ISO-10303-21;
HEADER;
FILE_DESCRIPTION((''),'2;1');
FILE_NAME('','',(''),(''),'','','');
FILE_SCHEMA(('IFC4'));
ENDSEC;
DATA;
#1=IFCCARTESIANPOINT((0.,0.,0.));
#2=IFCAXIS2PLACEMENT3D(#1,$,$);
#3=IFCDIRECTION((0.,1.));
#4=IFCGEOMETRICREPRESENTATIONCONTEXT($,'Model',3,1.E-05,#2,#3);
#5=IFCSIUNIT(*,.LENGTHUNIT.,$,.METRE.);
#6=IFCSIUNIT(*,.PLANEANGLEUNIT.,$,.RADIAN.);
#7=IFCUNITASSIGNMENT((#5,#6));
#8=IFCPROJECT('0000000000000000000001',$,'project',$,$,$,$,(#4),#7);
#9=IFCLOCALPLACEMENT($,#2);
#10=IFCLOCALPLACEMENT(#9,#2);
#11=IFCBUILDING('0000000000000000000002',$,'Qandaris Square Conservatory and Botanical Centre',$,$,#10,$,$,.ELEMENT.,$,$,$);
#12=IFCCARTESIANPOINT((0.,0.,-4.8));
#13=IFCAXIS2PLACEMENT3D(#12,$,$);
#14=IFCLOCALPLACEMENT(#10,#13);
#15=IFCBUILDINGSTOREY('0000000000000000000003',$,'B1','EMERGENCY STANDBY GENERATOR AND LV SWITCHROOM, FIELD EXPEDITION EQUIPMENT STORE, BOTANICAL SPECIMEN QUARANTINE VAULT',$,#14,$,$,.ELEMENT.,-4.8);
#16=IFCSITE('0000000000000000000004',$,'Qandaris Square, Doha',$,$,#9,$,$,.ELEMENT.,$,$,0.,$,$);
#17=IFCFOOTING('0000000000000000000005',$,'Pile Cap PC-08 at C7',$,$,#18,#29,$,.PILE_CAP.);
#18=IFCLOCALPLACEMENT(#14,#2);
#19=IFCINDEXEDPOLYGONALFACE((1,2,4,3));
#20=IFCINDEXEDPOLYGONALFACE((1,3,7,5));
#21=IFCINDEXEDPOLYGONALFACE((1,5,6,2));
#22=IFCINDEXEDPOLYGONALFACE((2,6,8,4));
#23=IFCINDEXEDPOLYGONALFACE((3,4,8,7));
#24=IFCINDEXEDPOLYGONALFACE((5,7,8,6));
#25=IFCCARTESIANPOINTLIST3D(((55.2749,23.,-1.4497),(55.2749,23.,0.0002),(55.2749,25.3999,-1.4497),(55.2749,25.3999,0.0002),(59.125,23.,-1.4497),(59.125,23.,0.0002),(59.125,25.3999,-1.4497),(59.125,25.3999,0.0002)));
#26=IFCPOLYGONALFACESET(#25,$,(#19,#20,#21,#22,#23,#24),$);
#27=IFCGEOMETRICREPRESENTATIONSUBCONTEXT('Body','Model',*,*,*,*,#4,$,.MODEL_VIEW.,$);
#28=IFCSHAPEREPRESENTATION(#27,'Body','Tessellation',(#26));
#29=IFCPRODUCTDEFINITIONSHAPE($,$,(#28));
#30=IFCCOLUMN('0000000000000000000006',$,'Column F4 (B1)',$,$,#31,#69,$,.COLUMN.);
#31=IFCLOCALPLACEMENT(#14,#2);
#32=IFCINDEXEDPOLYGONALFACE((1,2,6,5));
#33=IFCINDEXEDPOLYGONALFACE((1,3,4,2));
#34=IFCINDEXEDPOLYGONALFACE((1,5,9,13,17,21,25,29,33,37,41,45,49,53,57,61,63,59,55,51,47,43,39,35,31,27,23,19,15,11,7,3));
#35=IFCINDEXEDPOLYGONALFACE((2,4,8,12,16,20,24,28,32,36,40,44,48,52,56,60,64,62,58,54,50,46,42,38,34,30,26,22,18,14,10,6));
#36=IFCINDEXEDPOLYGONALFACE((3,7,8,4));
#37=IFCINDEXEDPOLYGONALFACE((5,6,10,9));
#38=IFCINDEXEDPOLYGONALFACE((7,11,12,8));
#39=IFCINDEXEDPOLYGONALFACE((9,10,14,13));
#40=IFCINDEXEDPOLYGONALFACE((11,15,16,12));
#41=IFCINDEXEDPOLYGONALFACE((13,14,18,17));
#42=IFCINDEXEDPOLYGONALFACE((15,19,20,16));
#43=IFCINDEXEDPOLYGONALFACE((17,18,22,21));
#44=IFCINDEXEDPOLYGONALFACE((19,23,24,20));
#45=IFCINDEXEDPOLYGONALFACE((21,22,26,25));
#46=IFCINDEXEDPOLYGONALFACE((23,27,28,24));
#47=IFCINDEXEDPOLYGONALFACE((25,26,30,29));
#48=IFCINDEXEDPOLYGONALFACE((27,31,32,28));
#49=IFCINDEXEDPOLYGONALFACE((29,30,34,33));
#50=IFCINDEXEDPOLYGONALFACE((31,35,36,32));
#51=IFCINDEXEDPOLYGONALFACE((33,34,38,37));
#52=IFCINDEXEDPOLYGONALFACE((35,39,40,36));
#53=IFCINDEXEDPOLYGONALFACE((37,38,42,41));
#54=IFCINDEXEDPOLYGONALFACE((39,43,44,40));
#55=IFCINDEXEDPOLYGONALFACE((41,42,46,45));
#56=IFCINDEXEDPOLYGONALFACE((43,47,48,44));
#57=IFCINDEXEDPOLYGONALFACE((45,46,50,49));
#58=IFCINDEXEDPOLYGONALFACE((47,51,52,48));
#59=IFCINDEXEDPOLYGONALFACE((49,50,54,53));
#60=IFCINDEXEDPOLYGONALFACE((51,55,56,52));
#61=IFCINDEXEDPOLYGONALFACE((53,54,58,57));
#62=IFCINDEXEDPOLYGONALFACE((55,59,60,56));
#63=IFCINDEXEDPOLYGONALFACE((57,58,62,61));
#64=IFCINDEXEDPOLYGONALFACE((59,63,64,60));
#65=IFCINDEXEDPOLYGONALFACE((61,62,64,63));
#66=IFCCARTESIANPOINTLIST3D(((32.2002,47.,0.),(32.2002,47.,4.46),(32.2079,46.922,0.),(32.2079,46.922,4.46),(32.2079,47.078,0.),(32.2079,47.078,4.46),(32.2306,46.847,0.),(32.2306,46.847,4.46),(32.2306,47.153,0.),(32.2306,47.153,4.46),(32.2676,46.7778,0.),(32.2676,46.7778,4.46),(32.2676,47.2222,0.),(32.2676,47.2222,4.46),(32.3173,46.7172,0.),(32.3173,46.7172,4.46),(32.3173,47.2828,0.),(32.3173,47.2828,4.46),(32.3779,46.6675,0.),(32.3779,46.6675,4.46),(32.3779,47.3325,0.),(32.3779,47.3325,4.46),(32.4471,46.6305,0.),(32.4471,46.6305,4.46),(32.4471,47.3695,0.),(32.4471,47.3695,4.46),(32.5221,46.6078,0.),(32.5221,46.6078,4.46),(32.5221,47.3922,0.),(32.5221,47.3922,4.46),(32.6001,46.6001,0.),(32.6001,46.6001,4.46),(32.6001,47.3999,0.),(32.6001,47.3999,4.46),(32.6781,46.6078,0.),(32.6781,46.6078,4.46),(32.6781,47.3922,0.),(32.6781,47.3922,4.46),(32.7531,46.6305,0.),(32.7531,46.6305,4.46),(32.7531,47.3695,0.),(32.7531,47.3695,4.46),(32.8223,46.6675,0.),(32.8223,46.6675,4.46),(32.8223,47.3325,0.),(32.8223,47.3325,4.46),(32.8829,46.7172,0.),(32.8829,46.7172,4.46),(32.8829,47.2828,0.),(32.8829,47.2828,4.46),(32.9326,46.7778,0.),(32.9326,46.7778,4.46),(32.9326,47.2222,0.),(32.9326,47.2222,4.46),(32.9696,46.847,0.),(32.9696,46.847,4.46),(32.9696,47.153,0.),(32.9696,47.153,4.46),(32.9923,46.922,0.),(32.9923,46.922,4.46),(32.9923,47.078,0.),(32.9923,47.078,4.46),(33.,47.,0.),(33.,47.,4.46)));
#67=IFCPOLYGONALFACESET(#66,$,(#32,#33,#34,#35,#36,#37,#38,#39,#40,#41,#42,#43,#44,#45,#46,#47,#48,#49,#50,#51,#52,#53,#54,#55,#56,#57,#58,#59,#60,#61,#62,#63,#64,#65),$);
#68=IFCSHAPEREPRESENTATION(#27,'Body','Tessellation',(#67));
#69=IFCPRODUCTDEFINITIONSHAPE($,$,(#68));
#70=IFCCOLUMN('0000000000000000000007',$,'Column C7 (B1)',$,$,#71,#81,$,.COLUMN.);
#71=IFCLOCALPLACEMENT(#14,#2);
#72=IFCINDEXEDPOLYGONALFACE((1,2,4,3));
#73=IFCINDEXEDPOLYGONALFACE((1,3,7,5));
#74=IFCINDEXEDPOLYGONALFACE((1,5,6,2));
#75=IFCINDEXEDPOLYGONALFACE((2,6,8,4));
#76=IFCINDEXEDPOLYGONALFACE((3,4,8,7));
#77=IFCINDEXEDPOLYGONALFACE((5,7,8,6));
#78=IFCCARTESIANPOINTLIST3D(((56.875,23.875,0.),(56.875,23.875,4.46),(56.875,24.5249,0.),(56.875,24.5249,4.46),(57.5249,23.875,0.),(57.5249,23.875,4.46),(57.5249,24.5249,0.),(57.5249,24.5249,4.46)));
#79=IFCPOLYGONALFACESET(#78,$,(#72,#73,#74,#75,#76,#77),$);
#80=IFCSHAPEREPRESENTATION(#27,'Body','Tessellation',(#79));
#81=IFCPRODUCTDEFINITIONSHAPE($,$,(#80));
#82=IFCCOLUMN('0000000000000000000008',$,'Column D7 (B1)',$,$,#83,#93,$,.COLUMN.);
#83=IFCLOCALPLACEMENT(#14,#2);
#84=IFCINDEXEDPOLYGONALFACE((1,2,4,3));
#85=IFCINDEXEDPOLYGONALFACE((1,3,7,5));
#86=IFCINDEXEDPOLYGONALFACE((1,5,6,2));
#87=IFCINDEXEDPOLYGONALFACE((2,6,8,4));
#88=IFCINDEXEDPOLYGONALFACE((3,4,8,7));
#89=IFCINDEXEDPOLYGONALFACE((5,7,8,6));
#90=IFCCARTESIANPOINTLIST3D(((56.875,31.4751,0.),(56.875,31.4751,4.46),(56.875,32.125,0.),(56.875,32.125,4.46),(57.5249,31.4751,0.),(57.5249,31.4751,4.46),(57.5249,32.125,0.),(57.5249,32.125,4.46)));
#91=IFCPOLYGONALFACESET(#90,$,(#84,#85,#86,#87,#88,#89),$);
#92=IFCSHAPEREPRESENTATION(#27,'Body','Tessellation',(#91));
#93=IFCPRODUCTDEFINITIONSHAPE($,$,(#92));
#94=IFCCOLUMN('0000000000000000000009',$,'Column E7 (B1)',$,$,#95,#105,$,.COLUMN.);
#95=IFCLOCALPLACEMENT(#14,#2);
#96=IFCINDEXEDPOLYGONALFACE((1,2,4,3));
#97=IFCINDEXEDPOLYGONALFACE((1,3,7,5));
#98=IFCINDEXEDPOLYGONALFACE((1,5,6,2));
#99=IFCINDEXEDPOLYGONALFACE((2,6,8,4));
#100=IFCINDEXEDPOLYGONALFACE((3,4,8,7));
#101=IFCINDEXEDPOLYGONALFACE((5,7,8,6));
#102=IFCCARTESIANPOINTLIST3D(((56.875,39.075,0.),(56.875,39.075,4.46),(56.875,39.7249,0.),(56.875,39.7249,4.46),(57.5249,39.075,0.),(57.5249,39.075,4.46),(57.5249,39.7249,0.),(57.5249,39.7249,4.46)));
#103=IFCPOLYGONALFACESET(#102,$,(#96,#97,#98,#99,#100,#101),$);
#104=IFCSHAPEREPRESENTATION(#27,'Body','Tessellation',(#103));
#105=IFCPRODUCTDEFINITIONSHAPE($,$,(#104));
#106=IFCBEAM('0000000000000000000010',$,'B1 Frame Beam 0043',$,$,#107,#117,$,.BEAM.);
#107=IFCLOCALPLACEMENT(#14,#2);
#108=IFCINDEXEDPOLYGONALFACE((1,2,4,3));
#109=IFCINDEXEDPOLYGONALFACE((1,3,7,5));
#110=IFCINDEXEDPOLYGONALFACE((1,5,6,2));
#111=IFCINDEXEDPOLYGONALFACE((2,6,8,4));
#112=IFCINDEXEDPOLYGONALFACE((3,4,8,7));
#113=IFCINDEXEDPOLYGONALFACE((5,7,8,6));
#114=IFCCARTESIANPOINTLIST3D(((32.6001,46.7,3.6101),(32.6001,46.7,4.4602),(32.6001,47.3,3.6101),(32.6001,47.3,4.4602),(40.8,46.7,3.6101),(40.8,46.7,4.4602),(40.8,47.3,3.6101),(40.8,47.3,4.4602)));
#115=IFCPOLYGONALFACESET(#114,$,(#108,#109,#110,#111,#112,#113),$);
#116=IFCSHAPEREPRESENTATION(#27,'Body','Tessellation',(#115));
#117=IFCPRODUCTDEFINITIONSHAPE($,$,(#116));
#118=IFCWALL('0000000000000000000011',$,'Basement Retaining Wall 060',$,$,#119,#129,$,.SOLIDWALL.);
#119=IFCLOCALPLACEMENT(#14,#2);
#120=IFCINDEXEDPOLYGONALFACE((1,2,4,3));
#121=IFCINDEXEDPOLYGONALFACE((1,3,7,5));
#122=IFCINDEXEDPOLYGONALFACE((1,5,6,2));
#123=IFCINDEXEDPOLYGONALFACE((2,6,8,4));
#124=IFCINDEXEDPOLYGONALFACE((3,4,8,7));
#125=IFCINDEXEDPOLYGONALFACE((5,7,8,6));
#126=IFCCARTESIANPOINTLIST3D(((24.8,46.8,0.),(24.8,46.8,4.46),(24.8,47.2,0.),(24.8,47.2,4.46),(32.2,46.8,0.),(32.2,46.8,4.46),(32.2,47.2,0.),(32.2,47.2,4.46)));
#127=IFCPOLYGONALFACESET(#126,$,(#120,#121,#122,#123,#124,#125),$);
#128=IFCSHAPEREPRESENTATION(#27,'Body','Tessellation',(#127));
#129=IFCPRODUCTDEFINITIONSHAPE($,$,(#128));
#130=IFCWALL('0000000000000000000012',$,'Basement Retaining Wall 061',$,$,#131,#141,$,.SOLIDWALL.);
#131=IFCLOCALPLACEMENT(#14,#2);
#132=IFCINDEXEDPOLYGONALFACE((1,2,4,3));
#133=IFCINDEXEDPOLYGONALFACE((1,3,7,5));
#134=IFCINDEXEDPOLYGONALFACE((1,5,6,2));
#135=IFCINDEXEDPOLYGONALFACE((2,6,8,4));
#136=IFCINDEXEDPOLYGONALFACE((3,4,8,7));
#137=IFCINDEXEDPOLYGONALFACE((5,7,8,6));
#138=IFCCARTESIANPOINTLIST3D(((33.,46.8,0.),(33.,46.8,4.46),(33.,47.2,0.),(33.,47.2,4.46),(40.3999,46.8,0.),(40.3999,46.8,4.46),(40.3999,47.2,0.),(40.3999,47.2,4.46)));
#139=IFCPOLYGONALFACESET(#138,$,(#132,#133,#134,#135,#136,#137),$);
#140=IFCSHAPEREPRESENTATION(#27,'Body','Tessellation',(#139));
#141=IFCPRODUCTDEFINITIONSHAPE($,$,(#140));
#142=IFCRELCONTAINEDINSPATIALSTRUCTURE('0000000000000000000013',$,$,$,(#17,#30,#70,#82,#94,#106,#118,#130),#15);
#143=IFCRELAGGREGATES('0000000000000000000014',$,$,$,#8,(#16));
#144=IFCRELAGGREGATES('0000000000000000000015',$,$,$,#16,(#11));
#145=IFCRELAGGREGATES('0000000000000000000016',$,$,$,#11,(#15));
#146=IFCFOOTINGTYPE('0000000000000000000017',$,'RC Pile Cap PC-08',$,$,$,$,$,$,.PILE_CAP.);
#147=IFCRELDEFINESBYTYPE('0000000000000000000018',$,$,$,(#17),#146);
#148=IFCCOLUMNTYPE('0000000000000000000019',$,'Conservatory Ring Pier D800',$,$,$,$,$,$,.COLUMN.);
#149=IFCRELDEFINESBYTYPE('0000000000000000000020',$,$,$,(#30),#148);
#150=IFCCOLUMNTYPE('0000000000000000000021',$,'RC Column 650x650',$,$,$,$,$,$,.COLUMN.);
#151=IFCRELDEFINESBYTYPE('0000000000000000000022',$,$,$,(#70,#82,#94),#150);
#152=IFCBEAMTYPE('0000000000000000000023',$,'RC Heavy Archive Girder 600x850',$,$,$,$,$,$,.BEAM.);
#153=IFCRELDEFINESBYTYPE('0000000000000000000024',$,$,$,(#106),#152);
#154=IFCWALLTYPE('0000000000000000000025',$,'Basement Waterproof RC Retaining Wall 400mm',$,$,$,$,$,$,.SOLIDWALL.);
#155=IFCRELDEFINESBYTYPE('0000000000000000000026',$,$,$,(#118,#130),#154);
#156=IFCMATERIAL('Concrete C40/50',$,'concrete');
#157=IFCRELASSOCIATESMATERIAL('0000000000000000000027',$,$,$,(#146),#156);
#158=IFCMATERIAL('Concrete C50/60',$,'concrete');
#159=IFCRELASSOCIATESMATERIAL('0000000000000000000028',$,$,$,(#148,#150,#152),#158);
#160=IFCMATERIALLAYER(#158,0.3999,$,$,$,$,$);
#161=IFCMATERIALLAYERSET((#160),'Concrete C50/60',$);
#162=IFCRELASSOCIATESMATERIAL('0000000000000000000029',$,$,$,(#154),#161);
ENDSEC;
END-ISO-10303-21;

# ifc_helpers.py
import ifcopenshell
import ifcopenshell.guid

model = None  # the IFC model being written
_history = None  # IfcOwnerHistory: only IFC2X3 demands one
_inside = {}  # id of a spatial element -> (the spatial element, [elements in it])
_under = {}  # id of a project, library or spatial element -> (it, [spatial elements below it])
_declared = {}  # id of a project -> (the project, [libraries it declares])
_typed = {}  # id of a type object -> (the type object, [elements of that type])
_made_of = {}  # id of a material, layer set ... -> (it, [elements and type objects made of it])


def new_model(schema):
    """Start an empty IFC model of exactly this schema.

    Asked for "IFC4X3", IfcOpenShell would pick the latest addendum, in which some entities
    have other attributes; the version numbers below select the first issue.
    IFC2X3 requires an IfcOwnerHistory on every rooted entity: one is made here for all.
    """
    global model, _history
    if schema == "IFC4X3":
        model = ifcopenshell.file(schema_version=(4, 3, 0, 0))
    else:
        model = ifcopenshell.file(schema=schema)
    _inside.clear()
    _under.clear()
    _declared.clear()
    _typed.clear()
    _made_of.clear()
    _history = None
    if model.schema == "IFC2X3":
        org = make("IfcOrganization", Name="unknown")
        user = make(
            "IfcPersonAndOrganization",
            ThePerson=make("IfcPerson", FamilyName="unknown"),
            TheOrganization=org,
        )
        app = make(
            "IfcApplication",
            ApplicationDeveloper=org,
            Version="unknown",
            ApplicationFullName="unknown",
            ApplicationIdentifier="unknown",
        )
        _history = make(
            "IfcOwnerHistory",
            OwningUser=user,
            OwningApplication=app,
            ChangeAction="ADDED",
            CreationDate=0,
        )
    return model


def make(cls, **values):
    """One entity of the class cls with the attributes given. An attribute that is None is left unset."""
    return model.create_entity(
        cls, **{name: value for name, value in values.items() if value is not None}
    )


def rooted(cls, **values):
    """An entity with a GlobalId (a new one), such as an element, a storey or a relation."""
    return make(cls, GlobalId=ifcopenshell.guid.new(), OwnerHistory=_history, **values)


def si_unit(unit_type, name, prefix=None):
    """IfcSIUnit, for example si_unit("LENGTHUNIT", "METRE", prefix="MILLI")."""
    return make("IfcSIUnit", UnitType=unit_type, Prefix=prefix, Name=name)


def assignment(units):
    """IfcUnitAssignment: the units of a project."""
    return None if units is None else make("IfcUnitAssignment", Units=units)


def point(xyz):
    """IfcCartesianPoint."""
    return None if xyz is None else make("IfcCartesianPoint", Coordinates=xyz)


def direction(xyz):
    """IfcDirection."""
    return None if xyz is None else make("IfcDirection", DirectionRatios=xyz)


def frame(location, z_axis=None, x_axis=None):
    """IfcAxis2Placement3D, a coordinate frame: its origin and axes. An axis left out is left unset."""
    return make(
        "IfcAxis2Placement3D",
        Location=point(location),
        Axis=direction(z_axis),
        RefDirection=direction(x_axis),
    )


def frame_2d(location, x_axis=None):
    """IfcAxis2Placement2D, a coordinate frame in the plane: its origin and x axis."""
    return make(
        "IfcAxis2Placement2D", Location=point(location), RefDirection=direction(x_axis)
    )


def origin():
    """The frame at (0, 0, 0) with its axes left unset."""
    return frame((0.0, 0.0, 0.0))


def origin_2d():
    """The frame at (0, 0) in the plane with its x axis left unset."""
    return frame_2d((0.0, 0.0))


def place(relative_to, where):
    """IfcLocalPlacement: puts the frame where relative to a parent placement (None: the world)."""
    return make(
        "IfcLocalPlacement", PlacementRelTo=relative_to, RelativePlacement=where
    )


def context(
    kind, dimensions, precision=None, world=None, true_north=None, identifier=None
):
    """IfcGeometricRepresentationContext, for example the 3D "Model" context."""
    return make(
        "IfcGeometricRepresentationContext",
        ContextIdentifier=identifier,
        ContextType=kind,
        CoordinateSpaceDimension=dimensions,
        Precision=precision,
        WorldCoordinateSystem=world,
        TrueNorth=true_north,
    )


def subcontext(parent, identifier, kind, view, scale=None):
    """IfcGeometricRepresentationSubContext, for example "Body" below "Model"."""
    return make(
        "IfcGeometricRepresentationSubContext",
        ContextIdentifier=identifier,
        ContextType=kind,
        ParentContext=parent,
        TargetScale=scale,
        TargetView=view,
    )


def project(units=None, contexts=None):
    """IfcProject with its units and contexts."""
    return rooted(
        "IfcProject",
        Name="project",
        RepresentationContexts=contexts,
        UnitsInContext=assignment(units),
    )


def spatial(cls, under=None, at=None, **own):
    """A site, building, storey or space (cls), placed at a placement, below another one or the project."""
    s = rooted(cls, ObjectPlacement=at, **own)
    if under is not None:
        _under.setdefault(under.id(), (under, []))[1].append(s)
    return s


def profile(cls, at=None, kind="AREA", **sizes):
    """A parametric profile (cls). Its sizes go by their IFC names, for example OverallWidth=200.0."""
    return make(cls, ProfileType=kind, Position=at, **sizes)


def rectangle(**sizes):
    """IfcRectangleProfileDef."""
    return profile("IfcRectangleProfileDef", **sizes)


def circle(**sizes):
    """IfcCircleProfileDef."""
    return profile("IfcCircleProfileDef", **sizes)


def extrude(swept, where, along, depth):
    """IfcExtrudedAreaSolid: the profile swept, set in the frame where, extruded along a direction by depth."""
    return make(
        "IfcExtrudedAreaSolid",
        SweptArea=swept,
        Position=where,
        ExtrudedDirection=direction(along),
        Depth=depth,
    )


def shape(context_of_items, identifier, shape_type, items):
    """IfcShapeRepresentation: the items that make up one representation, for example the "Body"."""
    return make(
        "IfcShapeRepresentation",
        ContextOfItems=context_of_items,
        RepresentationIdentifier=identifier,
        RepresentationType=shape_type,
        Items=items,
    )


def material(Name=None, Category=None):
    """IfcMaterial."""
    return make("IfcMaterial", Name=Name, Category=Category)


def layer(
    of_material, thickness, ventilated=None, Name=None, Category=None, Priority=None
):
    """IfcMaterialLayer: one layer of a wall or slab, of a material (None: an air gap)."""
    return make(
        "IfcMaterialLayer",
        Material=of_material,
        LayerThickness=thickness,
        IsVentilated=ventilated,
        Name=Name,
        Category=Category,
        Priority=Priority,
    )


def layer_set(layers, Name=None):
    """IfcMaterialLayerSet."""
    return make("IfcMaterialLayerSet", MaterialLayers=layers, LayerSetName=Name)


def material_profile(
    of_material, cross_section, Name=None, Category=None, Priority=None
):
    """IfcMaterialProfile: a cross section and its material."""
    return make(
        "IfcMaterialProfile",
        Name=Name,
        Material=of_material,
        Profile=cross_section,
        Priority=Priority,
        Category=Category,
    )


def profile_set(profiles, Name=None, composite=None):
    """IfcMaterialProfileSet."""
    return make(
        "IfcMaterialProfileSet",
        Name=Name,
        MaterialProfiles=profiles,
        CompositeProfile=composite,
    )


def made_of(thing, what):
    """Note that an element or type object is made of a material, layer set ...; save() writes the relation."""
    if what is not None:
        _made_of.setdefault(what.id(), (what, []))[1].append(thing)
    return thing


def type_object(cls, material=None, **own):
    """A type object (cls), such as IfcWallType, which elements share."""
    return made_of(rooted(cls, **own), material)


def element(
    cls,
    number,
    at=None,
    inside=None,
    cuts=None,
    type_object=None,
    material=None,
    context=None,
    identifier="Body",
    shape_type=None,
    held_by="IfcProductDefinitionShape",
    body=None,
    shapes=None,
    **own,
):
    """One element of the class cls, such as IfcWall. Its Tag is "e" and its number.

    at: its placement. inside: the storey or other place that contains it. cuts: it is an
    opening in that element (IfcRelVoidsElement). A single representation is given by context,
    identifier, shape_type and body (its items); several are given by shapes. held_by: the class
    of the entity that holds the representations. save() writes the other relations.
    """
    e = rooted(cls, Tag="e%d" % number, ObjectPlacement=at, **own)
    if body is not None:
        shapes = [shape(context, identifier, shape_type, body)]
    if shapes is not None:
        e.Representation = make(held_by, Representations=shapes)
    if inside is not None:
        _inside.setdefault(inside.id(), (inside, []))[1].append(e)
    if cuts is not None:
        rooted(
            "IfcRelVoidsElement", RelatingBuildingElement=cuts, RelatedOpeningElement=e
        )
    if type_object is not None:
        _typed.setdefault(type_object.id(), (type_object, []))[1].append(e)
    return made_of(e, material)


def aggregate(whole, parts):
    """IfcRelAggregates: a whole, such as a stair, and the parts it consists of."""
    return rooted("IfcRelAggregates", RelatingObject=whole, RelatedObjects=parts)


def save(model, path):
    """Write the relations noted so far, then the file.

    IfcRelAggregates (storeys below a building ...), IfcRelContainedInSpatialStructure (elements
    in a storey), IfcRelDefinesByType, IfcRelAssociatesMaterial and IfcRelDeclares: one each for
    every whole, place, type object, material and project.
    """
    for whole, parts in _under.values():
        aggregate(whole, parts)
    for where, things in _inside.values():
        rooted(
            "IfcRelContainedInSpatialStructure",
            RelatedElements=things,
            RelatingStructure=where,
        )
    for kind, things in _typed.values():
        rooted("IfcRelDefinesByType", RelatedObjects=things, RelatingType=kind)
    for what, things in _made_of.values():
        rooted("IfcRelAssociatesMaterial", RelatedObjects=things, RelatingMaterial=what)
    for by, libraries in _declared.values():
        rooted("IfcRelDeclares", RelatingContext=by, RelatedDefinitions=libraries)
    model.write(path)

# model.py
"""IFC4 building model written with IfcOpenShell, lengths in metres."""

from ifc_helpers import new_model, si_unit, direction, frame, frame_2d, origin, origin_2d, place, context, subcontext, project, spatial, rectangle, circle, extrude, material, layer, layer_set, material_profile, profile_set, type_object, element, save


model = new_model("IFC4")

# Units and contexts
model_context = context("Model", 3, precision=1e-05, world=origin(), true_north=direction((0.0, 1.0)))
body_context = subcontext(model_context, "Body", "Model", "MODEL_VIEW")
ifc_project = project(units=[si_unit("LENGTHUNIT", "METRE"), si_unit("PLANEANGLEUNIT", "RADIAN")], contexts=[model_context])

# Site, building, storey
site_placement = place(None, origin())
site = spatial("IfcSite", under=ifc_project, at=site_placement, Name="Qandaris Square, Doha", CompositionType="ELEMENT", RefElevation=0.0)
building_placement = place(site_placement, origin())
building = spatial("IfcBuilding", under=site, at=building_placement, Name="Qandaris Square Conservatory and Botanical Centre", CompositionType="ELEMENT")
storey_placement = place(building_placement, frame((0.0, 0.0, -4.8)))
storey = spatial("IfcBuildingStorey", under=building, at=storey_placement, Name="B1", Description="EMERGENCY STANDBY GENERATOR AND LV SWITCHROOM, FIELD EXPEDITION EQUIPMENT STORE, BOTANICAL SPECIMEN QUARANTINE VAULT", CompositionType="ELEMENT", Elevation=-4.8)

# Shared definitions
ifc_material_1 = material(Name="Concrete C50/60", Category="concrete")

# Footing
ifc_material_2 = material(Name="Concrete C40/50", Category="concrete")
footing_type_1 = type_object("IfcFootingType", Name="RC Pile Cap PC-08", PredefinedType="PILE_CAP", material=ifc_material_2)
footing_1_placement = place(storey_placement, frame((57.2, 24.2, -1.4497), z_axis=(0.0, 0.0, 1.0), x_axis=(1.0, 0.0, 0.0)))
element("IfcFooting", 1, at=footing_1_placement, inside=storey, type_object=footing_type_1, Name="Pile Cap PC-08 at C7", PredefinedType="PILE_CAP", context=body_context, shape_type="SweptSolid", body=[
    extrude(rectangle(XDim=3.8501, YDim=2.3999, at=origin_2d()), origin(), (0.0, 0.0, 1.0), 1.45),
])

# Columns
ifc_material_profile_1 = material_profile(ifc_material_1, circle(Radius=0.3999, at=origin_2d()), Name="RC-COL D800")
ifc_profile_set_1 = profile_set([ifc_material_profile_1], Name="Concrete C50/60")
column_type_1 = type_object("IfcColumnType", Name="Conservatory Ring Pier D800", PredefinedType="COLUMN", material=ifc_profile_set_1)
column_placement = place(storey_placement, frame((32.6001, 47.0, 0.0), z_axis=(0.0, 0.0, 1.0), x_axis=(1.0, 0.0, 0.0)))
element("IfcColumn", 2, at=column_placement, inside=storey, type_object=column_type_1, Name="Column F4 (B1)", PredefinedType="COLUMN", context=body_context, shape_type="SweptSolid", body=[
    extrude(circle(Radius=0.3999, at=origin_2d()), origin(), (0.0, 0.0, 1.0), 4.46),
])
ifc_material_profile_2 = material_profile(ifc_material_1, rectangle(XDim=0.6499, YDim=0.6499, at=origin_2d()), Name="RC-COL 650x650")
ifc_profile_set_2 = profile_set([ifc_material_profile_2], Name="Concrete C50/60")
column_type_2 = type_object("IfcColumnType", Name="RC Column 650x650", PredefinedType="COLUMN", material=ifc_profile_set_2)
for number, where, z_axis, x_axis, name in (
    (3, (57.2, 24.2, 0.0), (0.0, 0.0, 1.0), (1.0, 0.0, 0.0), "Column C7 (B1)"),
    (4, (57.2, 31.8, 0.0), (0.0, 0.0, 1.0), (1.0, 0.0, 0.0), "Column D7 (B1)"),
    (5, (57.2, 39.3999, 0.0), (0.0, 0.0, 1.0), (1.0, 0.0, 0.0), "Column E7 (B1)"),
):
    element("IfcColumn", number, at=place(storey_placement, frame(where, z_axis=z_axis, x_axis=x_axis)), inside=storey, type_object=column_type_2, Name=name, PredefinedType="COLUMN", context=body_context, shape_type="SweptSolid", body=[
        extrude(rectangle(XDim=0.6499, YDim=0.6499, at=origin_2d()), origin(), (0.0, 0.0, 1.0), 4.46),
    ])

# Beam
ifc_material_profile_3 = material_profile(ifc_material_1, rectangle(XDim=0.6001, YDim=0.8501, at=origin_2d()), Name="RC-BM 600x850")
ifc_profile_set_3 = profile_set([ifc_material_profile_3], Name="Concrete C50/60")
beam_type = type_object("IfcBeamType", Name="RC Heavy Archive Girder 600x850", PredefinedType="BEAM", material=ifc_profile_set_3)
beam_placement = place(storey_placement, frame((32.6001, 47.0, 4.0352), z_axis=(1.0, 0.0, 0.0), x_axis=(0.0, 1.0, 0.0)))
element("IfcBeam", 6, at=beam_placement, inside=storey, type_object=beam_type, Name="B1 Frame Beam 0043", PredefinedType="BEAM", context=body_context, shape_type="SweptSolid", body=[
    extrude(rectangle(XDim=0.6001, YDim=0.8501, at=origin_2d()), origin(), (0.0, 0.0, 1.0), 8.2),
])

# Walls
ifc_layer = layer(ifc_material_1, 0.3999)
ifc_layer_set = layer_set([ifc_layer], Name="Concrete C50/60")
wall_type = type_object("IfcWallType", Name="Basement Waterproof RC Retaining Wall 400mm", PredefinedType="SOLIDWALL", material=ifc_layer_set)
for number, where, z_axis, x_axis, name in (
    (7, (24.8, 47.0, 0.0), (0.0, 0.0, 1.0), (1.0, 0.0, 0.0), "Basement Retaining Wall 060"),
    (8, (33.0, 47.0, 0.0), (0.0, 0.0, 1.0), (1.0, 0.0, 0.0), "Basement Retaining Wall 061"),
):
    element("IfcWall", number, at=place(storey_placement, frame(where, z_axis=z_axis, x_axis=x_axis)), inside=storey, type_object=wall_type, Name=name, PredefinedType="SOLIDWALL", context=body_context, shape_type="SweptSolid", body=[
        extrude(rectangle(XDim=7.3999, YDim=0.3999, at=frame_2d((3.7, 0.0))), origin(), (0.0, 0.0, 1.0), 4.46),
    ])

save(model, "model.ifc")
